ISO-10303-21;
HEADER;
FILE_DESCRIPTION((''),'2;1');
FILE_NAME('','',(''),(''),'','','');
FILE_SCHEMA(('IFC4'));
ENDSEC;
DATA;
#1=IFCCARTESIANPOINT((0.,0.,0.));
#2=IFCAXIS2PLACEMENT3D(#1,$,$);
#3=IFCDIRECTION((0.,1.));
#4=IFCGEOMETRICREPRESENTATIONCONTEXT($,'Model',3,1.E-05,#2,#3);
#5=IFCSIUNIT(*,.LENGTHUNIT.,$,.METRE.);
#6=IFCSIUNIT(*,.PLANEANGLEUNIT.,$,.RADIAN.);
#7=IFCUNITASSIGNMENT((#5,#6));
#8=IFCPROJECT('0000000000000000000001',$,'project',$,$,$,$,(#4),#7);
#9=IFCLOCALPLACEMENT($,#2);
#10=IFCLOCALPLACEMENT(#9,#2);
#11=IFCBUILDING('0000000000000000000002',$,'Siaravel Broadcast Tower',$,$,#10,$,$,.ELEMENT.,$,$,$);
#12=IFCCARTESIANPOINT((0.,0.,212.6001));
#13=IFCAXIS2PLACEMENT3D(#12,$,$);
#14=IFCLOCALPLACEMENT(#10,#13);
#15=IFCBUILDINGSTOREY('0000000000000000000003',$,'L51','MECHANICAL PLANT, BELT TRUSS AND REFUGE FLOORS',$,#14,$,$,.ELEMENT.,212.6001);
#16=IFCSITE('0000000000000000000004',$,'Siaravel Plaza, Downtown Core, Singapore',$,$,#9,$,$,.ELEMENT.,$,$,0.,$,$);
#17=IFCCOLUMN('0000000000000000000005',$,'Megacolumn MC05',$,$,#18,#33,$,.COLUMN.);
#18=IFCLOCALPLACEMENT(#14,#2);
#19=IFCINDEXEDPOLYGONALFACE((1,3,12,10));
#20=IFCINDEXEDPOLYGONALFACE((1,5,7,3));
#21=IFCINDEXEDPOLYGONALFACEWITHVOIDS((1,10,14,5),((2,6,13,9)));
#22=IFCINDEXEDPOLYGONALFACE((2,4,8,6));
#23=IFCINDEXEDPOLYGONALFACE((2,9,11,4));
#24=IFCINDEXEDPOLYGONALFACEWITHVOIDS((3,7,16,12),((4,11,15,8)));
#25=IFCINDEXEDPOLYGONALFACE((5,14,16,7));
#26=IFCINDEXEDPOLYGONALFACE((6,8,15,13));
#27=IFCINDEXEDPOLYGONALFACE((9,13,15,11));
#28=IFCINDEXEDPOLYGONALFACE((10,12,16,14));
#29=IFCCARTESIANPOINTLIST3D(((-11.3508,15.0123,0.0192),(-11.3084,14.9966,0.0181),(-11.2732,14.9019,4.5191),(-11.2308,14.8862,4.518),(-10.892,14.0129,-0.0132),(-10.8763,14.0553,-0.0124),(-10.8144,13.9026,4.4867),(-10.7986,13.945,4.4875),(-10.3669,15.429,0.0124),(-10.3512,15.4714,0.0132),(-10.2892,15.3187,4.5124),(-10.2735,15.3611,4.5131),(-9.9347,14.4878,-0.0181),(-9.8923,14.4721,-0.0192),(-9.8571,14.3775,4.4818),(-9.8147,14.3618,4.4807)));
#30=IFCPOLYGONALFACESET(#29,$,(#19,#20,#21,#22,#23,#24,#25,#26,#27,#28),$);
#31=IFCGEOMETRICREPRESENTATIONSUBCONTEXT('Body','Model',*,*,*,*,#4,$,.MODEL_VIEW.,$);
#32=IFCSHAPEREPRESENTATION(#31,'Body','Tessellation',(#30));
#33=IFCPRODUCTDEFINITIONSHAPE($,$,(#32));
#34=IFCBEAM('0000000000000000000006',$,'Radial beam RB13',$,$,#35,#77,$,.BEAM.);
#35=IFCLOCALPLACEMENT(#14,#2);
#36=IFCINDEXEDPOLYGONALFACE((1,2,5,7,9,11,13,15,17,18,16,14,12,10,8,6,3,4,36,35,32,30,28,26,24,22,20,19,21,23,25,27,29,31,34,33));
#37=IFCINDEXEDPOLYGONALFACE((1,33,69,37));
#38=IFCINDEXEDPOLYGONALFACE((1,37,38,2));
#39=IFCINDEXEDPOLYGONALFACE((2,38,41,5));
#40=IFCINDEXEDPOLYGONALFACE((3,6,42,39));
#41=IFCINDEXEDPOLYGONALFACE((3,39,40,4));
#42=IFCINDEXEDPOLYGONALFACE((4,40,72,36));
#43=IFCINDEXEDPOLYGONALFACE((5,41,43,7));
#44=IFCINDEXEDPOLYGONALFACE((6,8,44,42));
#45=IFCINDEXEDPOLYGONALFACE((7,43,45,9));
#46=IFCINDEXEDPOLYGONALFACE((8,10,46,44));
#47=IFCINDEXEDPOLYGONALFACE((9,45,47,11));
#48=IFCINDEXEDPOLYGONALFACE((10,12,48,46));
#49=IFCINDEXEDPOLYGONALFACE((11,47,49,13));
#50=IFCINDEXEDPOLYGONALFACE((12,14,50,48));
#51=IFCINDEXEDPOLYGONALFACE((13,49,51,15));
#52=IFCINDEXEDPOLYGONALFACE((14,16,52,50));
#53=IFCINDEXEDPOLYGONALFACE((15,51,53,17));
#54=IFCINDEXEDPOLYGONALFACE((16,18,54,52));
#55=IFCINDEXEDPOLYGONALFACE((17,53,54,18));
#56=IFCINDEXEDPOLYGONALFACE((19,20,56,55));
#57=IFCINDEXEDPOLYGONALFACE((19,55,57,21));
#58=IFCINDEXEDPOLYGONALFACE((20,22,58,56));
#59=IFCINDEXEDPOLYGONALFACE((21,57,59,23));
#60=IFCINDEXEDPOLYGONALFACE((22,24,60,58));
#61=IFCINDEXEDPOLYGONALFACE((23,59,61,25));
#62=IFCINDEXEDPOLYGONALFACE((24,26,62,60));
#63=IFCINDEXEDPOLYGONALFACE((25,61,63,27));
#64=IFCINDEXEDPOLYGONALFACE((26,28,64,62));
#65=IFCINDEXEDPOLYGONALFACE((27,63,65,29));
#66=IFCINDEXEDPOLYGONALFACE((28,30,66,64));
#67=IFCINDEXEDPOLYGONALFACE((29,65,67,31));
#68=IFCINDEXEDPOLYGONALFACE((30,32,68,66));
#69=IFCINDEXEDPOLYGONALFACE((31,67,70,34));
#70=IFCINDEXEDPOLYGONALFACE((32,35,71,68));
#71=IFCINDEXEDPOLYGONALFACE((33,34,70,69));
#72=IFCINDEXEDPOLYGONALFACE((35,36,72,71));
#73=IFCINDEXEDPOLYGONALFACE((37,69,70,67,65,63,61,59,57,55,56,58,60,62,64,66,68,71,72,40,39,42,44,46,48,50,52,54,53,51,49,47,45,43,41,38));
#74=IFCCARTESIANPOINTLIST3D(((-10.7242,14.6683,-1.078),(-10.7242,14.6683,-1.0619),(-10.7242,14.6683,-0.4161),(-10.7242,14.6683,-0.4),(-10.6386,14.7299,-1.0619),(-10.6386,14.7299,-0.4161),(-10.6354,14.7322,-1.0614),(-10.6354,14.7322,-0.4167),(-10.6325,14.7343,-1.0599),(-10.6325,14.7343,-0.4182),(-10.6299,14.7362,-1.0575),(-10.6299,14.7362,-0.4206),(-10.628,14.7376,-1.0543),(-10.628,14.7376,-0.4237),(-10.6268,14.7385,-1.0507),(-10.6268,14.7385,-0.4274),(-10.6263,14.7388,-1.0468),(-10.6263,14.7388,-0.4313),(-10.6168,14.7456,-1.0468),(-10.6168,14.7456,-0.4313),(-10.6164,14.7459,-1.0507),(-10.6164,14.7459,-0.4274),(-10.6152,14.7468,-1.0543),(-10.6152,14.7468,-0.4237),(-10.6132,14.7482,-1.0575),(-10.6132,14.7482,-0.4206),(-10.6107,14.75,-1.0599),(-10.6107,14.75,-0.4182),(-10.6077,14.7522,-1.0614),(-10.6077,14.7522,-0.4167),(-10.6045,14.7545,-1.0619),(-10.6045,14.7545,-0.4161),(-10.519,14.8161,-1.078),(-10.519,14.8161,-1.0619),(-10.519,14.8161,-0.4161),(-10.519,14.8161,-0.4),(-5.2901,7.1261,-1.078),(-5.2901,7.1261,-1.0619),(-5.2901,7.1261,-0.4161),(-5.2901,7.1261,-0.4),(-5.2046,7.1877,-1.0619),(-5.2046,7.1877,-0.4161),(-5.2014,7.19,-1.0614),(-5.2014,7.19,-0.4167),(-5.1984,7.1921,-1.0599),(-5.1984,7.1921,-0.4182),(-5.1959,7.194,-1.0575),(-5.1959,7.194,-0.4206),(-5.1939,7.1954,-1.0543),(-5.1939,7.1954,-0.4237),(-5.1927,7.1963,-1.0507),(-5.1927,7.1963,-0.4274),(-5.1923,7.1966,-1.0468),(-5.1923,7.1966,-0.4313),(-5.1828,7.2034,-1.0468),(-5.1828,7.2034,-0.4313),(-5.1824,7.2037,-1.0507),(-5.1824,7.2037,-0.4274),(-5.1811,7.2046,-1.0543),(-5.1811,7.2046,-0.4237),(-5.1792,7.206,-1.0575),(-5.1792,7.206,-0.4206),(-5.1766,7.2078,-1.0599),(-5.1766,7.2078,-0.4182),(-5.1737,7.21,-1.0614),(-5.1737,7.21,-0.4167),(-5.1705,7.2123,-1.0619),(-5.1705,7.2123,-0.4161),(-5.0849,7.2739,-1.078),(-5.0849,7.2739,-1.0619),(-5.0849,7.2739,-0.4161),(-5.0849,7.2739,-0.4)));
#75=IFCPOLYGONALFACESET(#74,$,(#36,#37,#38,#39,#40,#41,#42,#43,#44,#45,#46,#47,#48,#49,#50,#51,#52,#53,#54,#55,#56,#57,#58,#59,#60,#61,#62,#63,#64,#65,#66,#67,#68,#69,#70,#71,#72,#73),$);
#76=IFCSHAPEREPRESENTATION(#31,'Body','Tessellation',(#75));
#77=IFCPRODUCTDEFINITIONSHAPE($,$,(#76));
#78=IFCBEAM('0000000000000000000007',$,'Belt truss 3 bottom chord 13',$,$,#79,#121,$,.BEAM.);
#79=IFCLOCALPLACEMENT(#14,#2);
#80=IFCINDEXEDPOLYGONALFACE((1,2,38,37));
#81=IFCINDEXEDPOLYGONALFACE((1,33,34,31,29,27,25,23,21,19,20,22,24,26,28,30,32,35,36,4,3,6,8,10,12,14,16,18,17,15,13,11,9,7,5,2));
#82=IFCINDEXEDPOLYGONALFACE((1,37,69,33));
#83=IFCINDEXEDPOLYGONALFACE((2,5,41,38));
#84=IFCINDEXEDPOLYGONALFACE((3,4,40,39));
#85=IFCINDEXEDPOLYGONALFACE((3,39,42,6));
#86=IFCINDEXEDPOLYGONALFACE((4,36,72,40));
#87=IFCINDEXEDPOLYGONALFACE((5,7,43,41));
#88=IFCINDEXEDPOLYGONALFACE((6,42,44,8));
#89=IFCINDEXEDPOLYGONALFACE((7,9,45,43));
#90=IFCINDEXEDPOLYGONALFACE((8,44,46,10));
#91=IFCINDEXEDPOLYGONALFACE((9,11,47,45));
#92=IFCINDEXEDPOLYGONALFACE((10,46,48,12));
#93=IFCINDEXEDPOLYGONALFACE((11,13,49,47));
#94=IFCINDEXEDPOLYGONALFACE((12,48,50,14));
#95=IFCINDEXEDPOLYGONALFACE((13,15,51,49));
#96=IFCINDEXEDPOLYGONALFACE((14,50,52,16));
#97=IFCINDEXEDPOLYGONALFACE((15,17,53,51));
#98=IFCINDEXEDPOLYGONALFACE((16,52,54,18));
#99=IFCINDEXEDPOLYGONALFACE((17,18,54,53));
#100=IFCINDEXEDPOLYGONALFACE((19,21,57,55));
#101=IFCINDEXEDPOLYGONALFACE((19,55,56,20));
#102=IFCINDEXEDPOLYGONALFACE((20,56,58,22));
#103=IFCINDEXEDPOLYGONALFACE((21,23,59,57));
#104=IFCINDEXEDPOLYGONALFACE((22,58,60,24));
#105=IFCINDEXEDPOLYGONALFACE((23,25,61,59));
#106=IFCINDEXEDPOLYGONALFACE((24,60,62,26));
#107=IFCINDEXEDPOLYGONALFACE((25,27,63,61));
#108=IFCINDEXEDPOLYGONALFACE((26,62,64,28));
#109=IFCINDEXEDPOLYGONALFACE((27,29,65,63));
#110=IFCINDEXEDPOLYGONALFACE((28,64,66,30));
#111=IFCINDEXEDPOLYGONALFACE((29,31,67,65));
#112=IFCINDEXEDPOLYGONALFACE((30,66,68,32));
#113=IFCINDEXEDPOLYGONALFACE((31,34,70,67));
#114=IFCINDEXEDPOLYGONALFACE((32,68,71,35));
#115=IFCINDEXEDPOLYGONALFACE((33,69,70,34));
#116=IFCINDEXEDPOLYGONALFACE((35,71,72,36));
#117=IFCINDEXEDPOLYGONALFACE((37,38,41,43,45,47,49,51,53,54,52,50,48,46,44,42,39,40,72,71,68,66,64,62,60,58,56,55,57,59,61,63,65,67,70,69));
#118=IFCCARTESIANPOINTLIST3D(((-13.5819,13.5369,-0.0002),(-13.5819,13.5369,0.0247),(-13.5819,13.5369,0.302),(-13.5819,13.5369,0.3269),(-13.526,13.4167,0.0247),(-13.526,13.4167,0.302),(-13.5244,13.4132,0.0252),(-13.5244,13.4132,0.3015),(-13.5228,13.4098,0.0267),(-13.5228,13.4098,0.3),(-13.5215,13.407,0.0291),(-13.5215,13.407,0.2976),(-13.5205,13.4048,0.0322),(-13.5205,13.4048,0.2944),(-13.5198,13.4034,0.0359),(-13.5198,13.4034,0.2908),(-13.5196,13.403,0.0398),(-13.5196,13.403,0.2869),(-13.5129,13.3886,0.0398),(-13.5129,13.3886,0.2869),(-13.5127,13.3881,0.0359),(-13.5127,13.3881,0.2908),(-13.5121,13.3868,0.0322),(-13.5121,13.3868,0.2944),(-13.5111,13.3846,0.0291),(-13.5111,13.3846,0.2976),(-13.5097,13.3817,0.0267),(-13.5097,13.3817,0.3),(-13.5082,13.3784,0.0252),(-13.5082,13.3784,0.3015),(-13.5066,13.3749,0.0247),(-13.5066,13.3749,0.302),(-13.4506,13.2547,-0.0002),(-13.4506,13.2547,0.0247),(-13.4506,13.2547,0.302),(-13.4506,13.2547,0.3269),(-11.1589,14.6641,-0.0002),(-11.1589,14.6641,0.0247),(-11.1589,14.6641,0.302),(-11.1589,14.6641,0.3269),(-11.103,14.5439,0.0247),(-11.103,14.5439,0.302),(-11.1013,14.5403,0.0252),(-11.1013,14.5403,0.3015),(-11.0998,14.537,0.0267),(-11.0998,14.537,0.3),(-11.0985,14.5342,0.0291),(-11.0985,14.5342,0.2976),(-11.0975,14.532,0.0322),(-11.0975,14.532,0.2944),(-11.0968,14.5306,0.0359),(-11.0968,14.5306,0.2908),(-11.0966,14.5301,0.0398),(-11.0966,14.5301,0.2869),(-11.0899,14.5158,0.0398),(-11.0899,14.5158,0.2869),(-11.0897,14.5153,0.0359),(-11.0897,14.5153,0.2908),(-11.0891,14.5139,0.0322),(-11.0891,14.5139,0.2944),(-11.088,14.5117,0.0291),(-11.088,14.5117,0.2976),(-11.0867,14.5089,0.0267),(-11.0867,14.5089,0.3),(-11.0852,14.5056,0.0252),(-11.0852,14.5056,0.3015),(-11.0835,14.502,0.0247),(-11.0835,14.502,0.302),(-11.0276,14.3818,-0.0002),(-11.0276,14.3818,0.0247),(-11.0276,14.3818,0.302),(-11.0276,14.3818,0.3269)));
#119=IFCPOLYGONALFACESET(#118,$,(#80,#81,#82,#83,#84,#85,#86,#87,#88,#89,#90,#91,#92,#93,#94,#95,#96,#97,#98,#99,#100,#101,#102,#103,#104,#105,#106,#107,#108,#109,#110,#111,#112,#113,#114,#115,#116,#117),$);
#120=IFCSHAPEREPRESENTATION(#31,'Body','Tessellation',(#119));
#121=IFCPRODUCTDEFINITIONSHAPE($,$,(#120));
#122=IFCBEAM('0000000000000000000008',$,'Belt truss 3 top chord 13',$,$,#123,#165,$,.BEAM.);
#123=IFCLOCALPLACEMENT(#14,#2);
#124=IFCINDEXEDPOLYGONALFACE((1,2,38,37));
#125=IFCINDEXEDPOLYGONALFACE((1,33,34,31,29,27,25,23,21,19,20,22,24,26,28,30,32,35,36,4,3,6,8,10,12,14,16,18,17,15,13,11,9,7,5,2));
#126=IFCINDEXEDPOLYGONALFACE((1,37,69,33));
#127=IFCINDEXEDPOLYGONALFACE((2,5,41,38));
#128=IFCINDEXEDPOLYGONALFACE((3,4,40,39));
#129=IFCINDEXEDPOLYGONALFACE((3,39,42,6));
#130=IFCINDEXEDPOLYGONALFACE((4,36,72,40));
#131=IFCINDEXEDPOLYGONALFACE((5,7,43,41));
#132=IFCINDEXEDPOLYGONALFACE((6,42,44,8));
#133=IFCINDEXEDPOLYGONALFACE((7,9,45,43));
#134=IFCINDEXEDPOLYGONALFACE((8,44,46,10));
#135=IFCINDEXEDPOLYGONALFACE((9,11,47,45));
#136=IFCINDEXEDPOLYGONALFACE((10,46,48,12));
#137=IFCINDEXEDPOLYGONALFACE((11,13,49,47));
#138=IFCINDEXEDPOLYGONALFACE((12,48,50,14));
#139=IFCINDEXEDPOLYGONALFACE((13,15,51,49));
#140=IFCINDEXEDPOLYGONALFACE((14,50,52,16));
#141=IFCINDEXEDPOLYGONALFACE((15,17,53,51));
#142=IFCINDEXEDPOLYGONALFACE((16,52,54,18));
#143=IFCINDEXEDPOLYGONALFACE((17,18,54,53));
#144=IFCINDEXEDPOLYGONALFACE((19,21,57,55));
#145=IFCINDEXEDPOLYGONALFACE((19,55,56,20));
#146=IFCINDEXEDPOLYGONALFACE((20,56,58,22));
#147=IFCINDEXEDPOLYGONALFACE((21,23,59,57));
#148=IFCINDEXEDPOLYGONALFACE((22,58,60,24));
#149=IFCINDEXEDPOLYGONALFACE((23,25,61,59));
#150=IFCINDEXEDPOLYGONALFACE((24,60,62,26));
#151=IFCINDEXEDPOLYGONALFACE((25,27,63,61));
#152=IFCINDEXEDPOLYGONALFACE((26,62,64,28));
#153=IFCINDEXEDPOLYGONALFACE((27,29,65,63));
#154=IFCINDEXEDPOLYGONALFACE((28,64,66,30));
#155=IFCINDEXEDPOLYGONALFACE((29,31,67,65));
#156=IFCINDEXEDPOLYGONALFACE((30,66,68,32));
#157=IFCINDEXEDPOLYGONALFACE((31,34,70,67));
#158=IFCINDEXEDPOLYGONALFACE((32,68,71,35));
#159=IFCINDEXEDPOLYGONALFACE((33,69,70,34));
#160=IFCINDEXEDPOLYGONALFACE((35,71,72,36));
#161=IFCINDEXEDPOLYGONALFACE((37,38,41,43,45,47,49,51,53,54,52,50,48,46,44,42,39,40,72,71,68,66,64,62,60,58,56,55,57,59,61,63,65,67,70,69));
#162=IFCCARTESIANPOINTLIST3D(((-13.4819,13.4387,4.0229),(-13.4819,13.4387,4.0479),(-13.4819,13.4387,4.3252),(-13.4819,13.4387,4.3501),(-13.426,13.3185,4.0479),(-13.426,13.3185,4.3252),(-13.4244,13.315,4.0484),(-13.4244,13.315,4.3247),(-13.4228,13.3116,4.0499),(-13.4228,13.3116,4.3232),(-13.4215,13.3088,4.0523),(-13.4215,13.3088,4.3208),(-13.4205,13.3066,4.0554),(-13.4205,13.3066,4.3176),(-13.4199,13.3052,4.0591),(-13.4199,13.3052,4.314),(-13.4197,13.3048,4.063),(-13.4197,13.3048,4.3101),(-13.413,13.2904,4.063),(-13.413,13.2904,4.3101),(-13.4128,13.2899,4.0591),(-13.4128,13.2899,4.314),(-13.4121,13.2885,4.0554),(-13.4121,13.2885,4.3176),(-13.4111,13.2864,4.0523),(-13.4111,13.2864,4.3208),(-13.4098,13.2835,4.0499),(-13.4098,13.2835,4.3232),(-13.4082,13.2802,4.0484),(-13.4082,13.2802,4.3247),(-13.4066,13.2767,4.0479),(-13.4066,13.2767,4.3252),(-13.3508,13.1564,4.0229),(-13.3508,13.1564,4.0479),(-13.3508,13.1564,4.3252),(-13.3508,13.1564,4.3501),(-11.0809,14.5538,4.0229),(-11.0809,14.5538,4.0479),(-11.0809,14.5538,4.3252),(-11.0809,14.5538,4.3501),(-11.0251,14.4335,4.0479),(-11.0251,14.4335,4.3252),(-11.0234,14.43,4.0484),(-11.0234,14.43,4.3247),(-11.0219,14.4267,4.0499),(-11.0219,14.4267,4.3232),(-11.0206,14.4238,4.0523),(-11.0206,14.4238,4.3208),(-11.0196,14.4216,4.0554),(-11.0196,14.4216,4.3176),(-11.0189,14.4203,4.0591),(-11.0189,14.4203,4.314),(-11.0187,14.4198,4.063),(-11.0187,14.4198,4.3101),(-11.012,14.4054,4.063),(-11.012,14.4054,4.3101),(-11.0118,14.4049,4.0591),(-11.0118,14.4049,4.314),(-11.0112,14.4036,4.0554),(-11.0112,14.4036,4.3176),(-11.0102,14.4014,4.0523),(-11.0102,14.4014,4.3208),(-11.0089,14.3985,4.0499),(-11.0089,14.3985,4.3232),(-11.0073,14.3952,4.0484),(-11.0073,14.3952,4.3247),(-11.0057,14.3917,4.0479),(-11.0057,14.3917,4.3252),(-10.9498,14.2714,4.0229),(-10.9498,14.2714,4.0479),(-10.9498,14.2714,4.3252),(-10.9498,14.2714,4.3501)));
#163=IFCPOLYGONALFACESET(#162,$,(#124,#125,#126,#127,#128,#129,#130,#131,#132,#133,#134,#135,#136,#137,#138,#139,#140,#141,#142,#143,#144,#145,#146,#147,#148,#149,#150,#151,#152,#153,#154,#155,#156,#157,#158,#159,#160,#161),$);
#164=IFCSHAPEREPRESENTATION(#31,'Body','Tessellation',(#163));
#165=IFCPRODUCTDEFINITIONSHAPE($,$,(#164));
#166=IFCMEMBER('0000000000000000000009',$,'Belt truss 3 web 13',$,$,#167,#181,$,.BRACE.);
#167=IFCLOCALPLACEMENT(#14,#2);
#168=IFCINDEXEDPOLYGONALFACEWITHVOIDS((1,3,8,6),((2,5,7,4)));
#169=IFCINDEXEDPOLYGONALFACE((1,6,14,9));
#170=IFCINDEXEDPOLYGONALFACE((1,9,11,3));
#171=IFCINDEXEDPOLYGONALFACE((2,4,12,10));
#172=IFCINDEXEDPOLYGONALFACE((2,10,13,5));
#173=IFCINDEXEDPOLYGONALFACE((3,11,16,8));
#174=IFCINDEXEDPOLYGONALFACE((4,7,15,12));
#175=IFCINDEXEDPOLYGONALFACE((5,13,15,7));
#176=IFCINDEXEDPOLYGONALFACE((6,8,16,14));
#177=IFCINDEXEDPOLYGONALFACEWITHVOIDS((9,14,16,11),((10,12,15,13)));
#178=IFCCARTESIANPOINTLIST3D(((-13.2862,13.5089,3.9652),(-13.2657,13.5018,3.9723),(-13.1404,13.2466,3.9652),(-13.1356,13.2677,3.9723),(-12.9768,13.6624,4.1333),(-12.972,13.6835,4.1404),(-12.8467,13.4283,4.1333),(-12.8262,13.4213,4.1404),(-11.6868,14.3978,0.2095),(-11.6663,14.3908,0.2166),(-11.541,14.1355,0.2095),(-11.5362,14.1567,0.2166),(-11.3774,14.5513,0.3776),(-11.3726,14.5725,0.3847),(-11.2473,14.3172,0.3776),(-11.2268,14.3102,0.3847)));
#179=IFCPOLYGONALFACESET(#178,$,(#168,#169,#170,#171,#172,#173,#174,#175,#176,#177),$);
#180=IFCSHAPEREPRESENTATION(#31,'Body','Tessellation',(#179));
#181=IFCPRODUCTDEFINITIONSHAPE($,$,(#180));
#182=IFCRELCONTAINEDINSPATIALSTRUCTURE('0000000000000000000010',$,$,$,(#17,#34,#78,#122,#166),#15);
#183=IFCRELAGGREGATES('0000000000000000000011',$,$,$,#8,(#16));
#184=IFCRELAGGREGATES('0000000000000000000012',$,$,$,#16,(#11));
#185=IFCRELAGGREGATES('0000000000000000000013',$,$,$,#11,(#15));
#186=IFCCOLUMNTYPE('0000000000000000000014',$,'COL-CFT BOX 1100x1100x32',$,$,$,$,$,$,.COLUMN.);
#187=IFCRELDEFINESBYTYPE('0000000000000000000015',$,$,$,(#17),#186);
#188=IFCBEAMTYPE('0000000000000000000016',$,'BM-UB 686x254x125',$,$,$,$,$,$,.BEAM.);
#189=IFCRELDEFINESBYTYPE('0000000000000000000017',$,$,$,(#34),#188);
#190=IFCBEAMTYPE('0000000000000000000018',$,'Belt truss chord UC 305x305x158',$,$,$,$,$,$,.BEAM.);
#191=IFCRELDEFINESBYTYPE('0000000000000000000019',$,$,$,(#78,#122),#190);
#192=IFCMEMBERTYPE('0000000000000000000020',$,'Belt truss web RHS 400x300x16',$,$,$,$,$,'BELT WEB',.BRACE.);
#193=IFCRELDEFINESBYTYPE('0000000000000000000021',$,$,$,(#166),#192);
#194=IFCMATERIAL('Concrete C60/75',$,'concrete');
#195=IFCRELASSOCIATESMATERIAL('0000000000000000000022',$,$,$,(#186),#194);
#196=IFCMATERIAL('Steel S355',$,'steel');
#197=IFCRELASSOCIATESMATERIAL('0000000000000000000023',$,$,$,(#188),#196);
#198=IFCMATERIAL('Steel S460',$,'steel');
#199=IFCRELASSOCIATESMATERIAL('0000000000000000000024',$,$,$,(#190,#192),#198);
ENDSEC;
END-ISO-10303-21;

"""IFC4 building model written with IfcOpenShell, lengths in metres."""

from ifc_helpers import new_model, si_unit, direction, frame, origin, origin_2d, place, context, subcontext, project, spatial, hollow_rectangle, i_section, extrude, material, material_profile, profile_set, type_object, element, save


model = new_model("IFC4")

# Units and contexts
model_context = context("Model", 3, precision=1e-05, world=origin(), true_north=direction((0.0, 1.0)))
body_context = subcontext(model_context, "Body", "Model", "MODEL_VIEW")
ifc_project = project(units=[si_unit("LENGTHUNIT", "METRE"), si_unit("PLANEANGLEUNIT", "RADIAN")], contexts=[model_context])

# Site, building, storey
site_placement = place(None, origin())
site = spatial("IfcSite", under=ifc_project, at=site_placement, Name="Siaravel Plaza, Downtown Core, Singapore", CompositionType="ELEMENT", RefElevation=0.0)
building_placement = place(site_placement, origin())
building = spatial("IfcBuilding", under=site, at=building_placement, Name="Siaravel Broadcast Tower", CompositionType="ELEMENT")
storey_placement = place(building_placement, frame((0.0, 0.0, 212.6001)))
storey = spatial("IfcBuildingStorey", under=building, at=storey_placement, Name="L51", Description="MECHANICAL PLANT, BELT TRUSS AND REFUGE FLOORS", CompositionType="ELEMENT", Elevation=212.6001)

# Column
ifc_material_1 = material(Name="Concrete C60/75", Category="concrete")
ifc_material_profile_1 = material_profile(ifc_material_1, hollow_rectangle(XDim=1.1001, YDim=1.1001, WallThickness=0.032, at=origin_2d()))
ifc_profile_set_1 = profile_set([ifc_material_profile_1], Name="Concrete C60/75")
column_type = type_object("IfcColumnType", Name="COL-CFT BOX 1100x1100x32", PredefinedType="COLUMN", material=ifc_profile_set_1)
column_placement = place(storey_placement, frame((-10.6216, 14.7422, 0.0), z_axis=(0.017245, -0.024512, 0.999551), x_axis=(0.90871, 0.417393, -0.005442)))
element("IfcColumn", 1, at=column_placement, inside=storey, type_object=column_type, Name="Megacolumn MC05", PredefinedType="COLUMN", context=body_context, shape_type="SweptSolid", body=[
    extrude(hollow_rectangle(XDim=1.1001, YDim=1.1001, WallThickness=0.032, at=origin_2d()), origin(), (0.0, 0.0, 1.0), 4.502),
])

# Beams
ifc_material_2 = material(Name="Steel S355", Category="steel")
ifc_material_profile_2 = material_profile(ifc_material_2, i_section(OverallWidth=0.2529, OverallDepth=0.678, WebThickness=0.0117, FlangeThickness=0.0161, FilletRadius=0.0151, at=origin_2d()))
ifc_profile_set_2 = profile_set([ifc_material_profile_2], Name="Steel S355")
beam_type_1 = type_object("IfcBeamType", Name="BM-UB 686x254x125", PredefinedType="BEAM", material=ifc_profile_set_2)
beam_1_placement = place(storey_placement, frame((-10.6216, 14.7422, -0.739), z_axis=(0.584565, -0.811347, 0.0), x_axis=(0.811347, 0.584565, 0.0)))
element("IfcBeam", 2, at=beam_1_placement, inside=storey, type_object=beam_type_1, Name="Radial beam RB13", PredefinedType="BEAM", context=body_context, shape_type="SweptSolid", body=[
    extrude(i_section(OverallWidth=0.2529, OverallDepth=0.678, WebThickness=0.0117, FlangeThickness=0.0161, FilletRadius=0.0151, at=origin_2d()), origin(), (0.0, 0.0, 1.0), 9.2959),
])
ifc_material_3 = material(Name="Steel S460", Category="steel")
ifc_material_profile_3 = material_profile(ifc_material_3, i_section(OverallWidth=0.3113, OverallDepth=0.3271, WebThickness=0.0159, FlangeThickness=0.0249, FilletRadius=0.0151, at=origin_2d()))
ifc_profile_set_3 = profile_set([ifc_material_profile_3], Name="Steel S460")
beam_type_2 = type_object("IfcBeamType", Name="Belt truss chord UC 305x305x158", PredefinedType="BEAM", material=ifc_profile_set_3)
beam_2_placement = place(storey_placement, frame((-11.0933, 14.5229, 0.1633), z_axis=(-0.906696, -0.421785, 0.0), x_axis=(0.421785, -0.906696, 0.0)))
element("IfcBeam", 3, at=beam_2_placement, inside=storey, type_object=beam_type_2, Name="Belt truss 3 bottom chord 13", PredefinedType="BEAM", context=body_context, shape_type="SweptSolid", body=[
    extrude(i_section(OverallWidth=0.3113, OverallDepth=0.3271, WebThickness=0.0159, FlangeThickness=0.0249, FilletRadius=0.0151, at=origin_2d()), origin(), (0.0, 0.0, 1.0), 2.6724),
])
beam_3_placement = place(storey_placement, frame((-11.0154, 14.4126, 4.1865), z_axis=(-0.906966, -0.421203, 0.0), x_axis=(0.421203, -0.906966, 0.0)))
element("IfcBeam", 4, at=beam_3_placement, inside=storey, type_object=beam_type_2, Name="Belt truss 3 top chord 13", PredefinedType="BEAM", context=body_context, shape_type="SweptSolid", body=[
    extrude(i_section(OverallWidth=0.3113, OverallDepth=0.3271, WebThickness=0.0159, FlangeThickness=0.0249, FilletRadius=0.0151, at=origin_2d()), origin(), (0.0, 0.0, 1.0), 2.6472),
])

# Member
ifc_material_profile_4 = material_profile(ifc_material_3, hollow_rectangle(XDim=0.3, YDim=0.3999, WallThickness=0.0161, at=origin_2d()))
ifc_profile_set_4 = profile_set([ifc_material_profile_4], Name="Steel S460")
member_type = type_object("IfcMemberType", Name="Belt truss web RHS 400x300x16", ElementType="BELT WEB", PredefinedType="BRACE", material=ifc_profile_set_4)
member_placement = place(storey_placement, frame((-11.4568, 14.354, 0.2971), z_axis=(-0.382838, -0.212779, 0.898977), x_axis=(0.485802, -0.874069, 0.0)))
element("IfcMember", 5, at=member_placement, inside=storey, type_object=member_type, Name="Belt truss 3 web 13", PredefinedType="BRACE", context=body_context, shape_type="SweptSolid", body=[
    extrude(hollow_rectangle(XDim=0.3, YDim=0.3999, WallThickness=0.0161, at=origin_2d()), origin(), (0.0, 0.0, 1.0), 4.1777),
])

save(model, "model.ifc")
